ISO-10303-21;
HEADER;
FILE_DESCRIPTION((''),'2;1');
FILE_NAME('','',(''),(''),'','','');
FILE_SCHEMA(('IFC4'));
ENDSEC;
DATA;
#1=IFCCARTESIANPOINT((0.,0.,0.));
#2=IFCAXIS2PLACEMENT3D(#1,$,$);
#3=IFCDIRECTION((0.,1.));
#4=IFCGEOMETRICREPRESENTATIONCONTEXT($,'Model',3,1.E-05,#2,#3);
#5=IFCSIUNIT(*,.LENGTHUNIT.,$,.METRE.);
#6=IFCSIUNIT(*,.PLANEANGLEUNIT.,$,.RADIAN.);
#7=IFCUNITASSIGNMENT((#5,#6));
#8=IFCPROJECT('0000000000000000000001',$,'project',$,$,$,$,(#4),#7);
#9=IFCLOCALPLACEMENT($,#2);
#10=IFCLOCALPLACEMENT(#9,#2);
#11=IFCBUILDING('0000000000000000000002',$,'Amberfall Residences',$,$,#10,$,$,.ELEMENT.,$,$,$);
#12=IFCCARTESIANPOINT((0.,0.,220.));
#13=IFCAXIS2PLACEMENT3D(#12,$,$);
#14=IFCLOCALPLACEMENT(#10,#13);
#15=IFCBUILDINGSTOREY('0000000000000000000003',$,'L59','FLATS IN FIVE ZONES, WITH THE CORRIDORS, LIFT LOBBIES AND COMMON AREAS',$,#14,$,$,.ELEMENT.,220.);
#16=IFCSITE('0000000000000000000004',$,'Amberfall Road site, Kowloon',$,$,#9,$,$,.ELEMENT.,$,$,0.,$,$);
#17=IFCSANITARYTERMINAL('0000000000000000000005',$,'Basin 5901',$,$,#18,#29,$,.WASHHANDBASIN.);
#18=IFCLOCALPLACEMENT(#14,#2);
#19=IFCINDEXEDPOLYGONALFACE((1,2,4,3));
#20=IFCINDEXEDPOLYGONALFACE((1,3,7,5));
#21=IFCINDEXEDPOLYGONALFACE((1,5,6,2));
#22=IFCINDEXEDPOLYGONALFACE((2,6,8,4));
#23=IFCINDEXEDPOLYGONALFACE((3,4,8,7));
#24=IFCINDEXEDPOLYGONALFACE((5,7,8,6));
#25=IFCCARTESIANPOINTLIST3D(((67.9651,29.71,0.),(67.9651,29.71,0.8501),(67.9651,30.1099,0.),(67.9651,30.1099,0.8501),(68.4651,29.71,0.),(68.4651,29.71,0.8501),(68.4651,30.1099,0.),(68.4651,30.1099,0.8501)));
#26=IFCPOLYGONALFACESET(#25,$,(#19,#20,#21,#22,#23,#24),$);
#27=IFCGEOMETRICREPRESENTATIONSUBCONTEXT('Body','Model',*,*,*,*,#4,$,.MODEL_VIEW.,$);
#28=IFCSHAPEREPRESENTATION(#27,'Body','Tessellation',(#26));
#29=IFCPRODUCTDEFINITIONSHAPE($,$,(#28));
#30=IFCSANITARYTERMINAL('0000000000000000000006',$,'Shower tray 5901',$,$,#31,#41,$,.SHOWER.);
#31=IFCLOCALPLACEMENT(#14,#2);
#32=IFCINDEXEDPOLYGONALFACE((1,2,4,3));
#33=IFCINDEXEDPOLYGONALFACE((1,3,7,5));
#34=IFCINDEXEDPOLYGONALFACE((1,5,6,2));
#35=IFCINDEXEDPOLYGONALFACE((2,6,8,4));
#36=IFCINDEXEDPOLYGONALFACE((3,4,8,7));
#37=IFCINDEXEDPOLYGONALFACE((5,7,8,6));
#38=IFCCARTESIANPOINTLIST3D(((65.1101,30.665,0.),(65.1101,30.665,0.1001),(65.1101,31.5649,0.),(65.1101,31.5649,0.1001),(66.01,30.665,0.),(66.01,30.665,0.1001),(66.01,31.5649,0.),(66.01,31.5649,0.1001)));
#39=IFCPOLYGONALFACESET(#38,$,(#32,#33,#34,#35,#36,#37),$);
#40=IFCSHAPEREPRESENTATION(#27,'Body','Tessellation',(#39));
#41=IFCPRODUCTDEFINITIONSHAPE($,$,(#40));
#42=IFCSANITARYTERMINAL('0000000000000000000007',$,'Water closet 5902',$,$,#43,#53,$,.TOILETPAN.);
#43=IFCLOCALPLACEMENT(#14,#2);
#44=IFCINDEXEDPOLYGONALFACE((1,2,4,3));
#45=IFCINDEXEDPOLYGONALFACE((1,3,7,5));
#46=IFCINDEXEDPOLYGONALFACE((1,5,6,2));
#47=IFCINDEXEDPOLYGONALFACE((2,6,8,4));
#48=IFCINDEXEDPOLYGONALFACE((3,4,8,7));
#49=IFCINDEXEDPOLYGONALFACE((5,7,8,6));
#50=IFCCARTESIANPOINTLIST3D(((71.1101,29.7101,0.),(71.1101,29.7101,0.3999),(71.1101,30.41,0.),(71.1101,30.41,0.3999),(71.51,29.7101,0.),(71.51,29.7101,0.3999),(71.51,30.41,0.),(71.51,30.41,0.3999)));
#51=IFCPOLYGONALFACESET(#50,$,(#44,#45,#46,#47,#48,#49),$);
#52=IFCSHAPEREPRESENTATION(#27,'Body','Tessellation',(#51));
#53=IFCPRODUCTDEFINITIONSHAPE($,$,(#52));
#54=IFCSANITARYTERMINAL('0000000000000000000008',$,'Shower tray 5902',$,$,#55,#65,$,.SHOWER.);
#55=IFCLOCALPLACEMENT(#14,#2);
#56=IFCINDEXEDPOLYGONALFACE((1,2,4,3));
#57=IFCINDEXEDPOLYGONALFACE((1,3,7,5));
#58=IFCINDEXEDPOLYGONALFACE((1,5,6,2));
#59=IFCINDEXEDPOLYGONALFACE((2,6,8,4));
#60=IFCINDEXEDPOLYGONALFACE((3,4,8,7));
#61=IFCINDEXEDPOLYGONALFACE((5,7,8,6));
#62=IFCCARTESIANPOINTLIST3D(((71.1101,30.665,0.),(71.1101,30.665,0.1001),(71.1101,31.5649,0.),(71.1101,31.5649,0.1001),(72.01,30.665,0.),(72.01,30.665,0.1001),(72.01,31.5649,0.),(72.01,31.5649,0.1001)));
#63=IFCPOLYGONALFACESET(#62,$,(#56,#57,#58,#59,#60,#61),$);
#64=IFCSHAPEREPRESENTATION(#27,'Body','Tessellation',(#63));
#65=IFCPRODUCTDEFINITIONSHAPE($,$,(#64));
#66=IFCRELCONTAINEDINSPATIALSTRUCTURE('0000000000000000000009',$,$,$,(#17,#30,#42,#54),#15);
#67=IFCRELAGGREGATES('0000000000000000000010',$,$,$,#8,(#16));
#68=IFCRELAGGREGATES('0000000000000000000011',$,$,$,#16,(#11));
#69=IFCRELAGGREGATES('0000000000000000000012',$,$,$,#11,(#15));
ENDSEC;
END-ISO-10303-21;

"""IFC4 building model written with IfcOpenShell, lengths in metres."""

from ifc_helpers import new_model, si_unit, direction, frame, origin, origin_2d, place, context, subcontext, project, spatial, rectangle, extrude, element, save


model = new_model("IFC4")

# Units and contexts
model_context = context("Model", 3, precision=1e-05, world=origin(), true_north=direction((0.0, 1.0)))
body_context = subcontext(model_context, "Body", "Model", "MODEL_VIEW")
ifc_project = project(units=[si_unit("LENGTHUNIT", "METRE"), si_unit("PLANEANGLEUNIT", "RADIAN")], contexts=[model_context])

# Site, building, storey
site_placement = place(None, origin())
site = spatial("IfcSite", under=ifc_project, at=site_placement, Name="Amberfall Road site, Kowloon", CompositionType="ELEMENT", RefElevation=0.0)
building_placement = place(site_placement, origin())
building = spatial("IfcBuilding", under=site, at=building_placement, Name="Amberfall Residences", CompositionType="ELEMENT")
storey_placement = place(building_placement, frame((0.0, 0.0, 220.0)))
storey = spatial("IfcBuildingStorey", under=building, at=storey_placement, Name="L59", Description="FLATS IN FIVE ZONES, WITH THE CORRIDORS, LIFT LOBBIES AND COMMON AREAS", CompositionType="ELEMENT", Elevation=220.0)

# Sanitary terminals
sanitary_terminal_1_placement = place(storey_placement, frame((68.2151, 29.9099, 0.0), z_axis=(0.0, 0.0, 1.0), x_axis=(1.0, 0.0, 0.0)))
element("IfcSanitaryTerminal", 1, at=sanitary_terminal_1_placement, inside=storey, Name="Basin 5901", PredefinedType="WASHHANDBASIN", context=body_context, shape_type="SweptSolid", body=[
    extrude(rectangle(XDim=0.5, YDim=0.3999, at=origin_2d()), origin(), (0.0, 0.0, 1.0), 0.8501),
])
sanitary_terminal_2_placement = place(storey_placement, frame((65.5601, 31.115, 0.0), z_axis=(0.0, 0.0, 1.0), x_axis=(1.0, 0.0, 0.0)))
element("IfcSanitaryTerminal", 2, at=sanitary_terminal_2_placement, inside=storey, Name="Shower tray 5901", PredefinedType="SHOWER", context=body_context, shape_type="SweptSolid", body=[
    extrude(rectangle(XDim=0.8999, YDim=0.8999, at=origin_2d()), origin(), (0.0, 0.0, 1.0), 0.1001),
])
sanitary_terminal_3_placement = place(storey_placement, frame((71.3101, 30.0601, 0.0), z_axis=(0.0, 0.0, 1.0), x_axis=(1.0, 0.0, 0.0)))
element("IfcSanitaryTerminal", 3, at=sanitary_terminal_3_placement, inside=storey, Name="Water closet 5902", PredefinedType="TOILETPAN", context=body_context, shape_type="SweptSolid", body=[
    extrude(rectangle(XDim=0.3999, YDim=0.7, at=origin_2d()), origin(), (0.0, 0.0, 1.0), 0.3999),
])
sanitary_terminal_4_placement = place(storey_placement, frame((71.5601, 31.115, 0.0), z_axis=(0.0, 0.0, 1.0), x_axis=(1.0, 0.0, 0.0)))
element("IfcSanitaryTerminal", 4, at=sanitary_terminal_4_placement, inside=storey, Name="Shower tray 5902", PredefinedType="SHOWER", context=body_context, shape_type="SweptSolid", body=[
    extrude(rectangle(XDim=0.8999, YDim=0.8999, at=origin_2d()), origin(), (0.0, 0.0, 1.0), 0.1001),
])

save(model, "model.ifc")
